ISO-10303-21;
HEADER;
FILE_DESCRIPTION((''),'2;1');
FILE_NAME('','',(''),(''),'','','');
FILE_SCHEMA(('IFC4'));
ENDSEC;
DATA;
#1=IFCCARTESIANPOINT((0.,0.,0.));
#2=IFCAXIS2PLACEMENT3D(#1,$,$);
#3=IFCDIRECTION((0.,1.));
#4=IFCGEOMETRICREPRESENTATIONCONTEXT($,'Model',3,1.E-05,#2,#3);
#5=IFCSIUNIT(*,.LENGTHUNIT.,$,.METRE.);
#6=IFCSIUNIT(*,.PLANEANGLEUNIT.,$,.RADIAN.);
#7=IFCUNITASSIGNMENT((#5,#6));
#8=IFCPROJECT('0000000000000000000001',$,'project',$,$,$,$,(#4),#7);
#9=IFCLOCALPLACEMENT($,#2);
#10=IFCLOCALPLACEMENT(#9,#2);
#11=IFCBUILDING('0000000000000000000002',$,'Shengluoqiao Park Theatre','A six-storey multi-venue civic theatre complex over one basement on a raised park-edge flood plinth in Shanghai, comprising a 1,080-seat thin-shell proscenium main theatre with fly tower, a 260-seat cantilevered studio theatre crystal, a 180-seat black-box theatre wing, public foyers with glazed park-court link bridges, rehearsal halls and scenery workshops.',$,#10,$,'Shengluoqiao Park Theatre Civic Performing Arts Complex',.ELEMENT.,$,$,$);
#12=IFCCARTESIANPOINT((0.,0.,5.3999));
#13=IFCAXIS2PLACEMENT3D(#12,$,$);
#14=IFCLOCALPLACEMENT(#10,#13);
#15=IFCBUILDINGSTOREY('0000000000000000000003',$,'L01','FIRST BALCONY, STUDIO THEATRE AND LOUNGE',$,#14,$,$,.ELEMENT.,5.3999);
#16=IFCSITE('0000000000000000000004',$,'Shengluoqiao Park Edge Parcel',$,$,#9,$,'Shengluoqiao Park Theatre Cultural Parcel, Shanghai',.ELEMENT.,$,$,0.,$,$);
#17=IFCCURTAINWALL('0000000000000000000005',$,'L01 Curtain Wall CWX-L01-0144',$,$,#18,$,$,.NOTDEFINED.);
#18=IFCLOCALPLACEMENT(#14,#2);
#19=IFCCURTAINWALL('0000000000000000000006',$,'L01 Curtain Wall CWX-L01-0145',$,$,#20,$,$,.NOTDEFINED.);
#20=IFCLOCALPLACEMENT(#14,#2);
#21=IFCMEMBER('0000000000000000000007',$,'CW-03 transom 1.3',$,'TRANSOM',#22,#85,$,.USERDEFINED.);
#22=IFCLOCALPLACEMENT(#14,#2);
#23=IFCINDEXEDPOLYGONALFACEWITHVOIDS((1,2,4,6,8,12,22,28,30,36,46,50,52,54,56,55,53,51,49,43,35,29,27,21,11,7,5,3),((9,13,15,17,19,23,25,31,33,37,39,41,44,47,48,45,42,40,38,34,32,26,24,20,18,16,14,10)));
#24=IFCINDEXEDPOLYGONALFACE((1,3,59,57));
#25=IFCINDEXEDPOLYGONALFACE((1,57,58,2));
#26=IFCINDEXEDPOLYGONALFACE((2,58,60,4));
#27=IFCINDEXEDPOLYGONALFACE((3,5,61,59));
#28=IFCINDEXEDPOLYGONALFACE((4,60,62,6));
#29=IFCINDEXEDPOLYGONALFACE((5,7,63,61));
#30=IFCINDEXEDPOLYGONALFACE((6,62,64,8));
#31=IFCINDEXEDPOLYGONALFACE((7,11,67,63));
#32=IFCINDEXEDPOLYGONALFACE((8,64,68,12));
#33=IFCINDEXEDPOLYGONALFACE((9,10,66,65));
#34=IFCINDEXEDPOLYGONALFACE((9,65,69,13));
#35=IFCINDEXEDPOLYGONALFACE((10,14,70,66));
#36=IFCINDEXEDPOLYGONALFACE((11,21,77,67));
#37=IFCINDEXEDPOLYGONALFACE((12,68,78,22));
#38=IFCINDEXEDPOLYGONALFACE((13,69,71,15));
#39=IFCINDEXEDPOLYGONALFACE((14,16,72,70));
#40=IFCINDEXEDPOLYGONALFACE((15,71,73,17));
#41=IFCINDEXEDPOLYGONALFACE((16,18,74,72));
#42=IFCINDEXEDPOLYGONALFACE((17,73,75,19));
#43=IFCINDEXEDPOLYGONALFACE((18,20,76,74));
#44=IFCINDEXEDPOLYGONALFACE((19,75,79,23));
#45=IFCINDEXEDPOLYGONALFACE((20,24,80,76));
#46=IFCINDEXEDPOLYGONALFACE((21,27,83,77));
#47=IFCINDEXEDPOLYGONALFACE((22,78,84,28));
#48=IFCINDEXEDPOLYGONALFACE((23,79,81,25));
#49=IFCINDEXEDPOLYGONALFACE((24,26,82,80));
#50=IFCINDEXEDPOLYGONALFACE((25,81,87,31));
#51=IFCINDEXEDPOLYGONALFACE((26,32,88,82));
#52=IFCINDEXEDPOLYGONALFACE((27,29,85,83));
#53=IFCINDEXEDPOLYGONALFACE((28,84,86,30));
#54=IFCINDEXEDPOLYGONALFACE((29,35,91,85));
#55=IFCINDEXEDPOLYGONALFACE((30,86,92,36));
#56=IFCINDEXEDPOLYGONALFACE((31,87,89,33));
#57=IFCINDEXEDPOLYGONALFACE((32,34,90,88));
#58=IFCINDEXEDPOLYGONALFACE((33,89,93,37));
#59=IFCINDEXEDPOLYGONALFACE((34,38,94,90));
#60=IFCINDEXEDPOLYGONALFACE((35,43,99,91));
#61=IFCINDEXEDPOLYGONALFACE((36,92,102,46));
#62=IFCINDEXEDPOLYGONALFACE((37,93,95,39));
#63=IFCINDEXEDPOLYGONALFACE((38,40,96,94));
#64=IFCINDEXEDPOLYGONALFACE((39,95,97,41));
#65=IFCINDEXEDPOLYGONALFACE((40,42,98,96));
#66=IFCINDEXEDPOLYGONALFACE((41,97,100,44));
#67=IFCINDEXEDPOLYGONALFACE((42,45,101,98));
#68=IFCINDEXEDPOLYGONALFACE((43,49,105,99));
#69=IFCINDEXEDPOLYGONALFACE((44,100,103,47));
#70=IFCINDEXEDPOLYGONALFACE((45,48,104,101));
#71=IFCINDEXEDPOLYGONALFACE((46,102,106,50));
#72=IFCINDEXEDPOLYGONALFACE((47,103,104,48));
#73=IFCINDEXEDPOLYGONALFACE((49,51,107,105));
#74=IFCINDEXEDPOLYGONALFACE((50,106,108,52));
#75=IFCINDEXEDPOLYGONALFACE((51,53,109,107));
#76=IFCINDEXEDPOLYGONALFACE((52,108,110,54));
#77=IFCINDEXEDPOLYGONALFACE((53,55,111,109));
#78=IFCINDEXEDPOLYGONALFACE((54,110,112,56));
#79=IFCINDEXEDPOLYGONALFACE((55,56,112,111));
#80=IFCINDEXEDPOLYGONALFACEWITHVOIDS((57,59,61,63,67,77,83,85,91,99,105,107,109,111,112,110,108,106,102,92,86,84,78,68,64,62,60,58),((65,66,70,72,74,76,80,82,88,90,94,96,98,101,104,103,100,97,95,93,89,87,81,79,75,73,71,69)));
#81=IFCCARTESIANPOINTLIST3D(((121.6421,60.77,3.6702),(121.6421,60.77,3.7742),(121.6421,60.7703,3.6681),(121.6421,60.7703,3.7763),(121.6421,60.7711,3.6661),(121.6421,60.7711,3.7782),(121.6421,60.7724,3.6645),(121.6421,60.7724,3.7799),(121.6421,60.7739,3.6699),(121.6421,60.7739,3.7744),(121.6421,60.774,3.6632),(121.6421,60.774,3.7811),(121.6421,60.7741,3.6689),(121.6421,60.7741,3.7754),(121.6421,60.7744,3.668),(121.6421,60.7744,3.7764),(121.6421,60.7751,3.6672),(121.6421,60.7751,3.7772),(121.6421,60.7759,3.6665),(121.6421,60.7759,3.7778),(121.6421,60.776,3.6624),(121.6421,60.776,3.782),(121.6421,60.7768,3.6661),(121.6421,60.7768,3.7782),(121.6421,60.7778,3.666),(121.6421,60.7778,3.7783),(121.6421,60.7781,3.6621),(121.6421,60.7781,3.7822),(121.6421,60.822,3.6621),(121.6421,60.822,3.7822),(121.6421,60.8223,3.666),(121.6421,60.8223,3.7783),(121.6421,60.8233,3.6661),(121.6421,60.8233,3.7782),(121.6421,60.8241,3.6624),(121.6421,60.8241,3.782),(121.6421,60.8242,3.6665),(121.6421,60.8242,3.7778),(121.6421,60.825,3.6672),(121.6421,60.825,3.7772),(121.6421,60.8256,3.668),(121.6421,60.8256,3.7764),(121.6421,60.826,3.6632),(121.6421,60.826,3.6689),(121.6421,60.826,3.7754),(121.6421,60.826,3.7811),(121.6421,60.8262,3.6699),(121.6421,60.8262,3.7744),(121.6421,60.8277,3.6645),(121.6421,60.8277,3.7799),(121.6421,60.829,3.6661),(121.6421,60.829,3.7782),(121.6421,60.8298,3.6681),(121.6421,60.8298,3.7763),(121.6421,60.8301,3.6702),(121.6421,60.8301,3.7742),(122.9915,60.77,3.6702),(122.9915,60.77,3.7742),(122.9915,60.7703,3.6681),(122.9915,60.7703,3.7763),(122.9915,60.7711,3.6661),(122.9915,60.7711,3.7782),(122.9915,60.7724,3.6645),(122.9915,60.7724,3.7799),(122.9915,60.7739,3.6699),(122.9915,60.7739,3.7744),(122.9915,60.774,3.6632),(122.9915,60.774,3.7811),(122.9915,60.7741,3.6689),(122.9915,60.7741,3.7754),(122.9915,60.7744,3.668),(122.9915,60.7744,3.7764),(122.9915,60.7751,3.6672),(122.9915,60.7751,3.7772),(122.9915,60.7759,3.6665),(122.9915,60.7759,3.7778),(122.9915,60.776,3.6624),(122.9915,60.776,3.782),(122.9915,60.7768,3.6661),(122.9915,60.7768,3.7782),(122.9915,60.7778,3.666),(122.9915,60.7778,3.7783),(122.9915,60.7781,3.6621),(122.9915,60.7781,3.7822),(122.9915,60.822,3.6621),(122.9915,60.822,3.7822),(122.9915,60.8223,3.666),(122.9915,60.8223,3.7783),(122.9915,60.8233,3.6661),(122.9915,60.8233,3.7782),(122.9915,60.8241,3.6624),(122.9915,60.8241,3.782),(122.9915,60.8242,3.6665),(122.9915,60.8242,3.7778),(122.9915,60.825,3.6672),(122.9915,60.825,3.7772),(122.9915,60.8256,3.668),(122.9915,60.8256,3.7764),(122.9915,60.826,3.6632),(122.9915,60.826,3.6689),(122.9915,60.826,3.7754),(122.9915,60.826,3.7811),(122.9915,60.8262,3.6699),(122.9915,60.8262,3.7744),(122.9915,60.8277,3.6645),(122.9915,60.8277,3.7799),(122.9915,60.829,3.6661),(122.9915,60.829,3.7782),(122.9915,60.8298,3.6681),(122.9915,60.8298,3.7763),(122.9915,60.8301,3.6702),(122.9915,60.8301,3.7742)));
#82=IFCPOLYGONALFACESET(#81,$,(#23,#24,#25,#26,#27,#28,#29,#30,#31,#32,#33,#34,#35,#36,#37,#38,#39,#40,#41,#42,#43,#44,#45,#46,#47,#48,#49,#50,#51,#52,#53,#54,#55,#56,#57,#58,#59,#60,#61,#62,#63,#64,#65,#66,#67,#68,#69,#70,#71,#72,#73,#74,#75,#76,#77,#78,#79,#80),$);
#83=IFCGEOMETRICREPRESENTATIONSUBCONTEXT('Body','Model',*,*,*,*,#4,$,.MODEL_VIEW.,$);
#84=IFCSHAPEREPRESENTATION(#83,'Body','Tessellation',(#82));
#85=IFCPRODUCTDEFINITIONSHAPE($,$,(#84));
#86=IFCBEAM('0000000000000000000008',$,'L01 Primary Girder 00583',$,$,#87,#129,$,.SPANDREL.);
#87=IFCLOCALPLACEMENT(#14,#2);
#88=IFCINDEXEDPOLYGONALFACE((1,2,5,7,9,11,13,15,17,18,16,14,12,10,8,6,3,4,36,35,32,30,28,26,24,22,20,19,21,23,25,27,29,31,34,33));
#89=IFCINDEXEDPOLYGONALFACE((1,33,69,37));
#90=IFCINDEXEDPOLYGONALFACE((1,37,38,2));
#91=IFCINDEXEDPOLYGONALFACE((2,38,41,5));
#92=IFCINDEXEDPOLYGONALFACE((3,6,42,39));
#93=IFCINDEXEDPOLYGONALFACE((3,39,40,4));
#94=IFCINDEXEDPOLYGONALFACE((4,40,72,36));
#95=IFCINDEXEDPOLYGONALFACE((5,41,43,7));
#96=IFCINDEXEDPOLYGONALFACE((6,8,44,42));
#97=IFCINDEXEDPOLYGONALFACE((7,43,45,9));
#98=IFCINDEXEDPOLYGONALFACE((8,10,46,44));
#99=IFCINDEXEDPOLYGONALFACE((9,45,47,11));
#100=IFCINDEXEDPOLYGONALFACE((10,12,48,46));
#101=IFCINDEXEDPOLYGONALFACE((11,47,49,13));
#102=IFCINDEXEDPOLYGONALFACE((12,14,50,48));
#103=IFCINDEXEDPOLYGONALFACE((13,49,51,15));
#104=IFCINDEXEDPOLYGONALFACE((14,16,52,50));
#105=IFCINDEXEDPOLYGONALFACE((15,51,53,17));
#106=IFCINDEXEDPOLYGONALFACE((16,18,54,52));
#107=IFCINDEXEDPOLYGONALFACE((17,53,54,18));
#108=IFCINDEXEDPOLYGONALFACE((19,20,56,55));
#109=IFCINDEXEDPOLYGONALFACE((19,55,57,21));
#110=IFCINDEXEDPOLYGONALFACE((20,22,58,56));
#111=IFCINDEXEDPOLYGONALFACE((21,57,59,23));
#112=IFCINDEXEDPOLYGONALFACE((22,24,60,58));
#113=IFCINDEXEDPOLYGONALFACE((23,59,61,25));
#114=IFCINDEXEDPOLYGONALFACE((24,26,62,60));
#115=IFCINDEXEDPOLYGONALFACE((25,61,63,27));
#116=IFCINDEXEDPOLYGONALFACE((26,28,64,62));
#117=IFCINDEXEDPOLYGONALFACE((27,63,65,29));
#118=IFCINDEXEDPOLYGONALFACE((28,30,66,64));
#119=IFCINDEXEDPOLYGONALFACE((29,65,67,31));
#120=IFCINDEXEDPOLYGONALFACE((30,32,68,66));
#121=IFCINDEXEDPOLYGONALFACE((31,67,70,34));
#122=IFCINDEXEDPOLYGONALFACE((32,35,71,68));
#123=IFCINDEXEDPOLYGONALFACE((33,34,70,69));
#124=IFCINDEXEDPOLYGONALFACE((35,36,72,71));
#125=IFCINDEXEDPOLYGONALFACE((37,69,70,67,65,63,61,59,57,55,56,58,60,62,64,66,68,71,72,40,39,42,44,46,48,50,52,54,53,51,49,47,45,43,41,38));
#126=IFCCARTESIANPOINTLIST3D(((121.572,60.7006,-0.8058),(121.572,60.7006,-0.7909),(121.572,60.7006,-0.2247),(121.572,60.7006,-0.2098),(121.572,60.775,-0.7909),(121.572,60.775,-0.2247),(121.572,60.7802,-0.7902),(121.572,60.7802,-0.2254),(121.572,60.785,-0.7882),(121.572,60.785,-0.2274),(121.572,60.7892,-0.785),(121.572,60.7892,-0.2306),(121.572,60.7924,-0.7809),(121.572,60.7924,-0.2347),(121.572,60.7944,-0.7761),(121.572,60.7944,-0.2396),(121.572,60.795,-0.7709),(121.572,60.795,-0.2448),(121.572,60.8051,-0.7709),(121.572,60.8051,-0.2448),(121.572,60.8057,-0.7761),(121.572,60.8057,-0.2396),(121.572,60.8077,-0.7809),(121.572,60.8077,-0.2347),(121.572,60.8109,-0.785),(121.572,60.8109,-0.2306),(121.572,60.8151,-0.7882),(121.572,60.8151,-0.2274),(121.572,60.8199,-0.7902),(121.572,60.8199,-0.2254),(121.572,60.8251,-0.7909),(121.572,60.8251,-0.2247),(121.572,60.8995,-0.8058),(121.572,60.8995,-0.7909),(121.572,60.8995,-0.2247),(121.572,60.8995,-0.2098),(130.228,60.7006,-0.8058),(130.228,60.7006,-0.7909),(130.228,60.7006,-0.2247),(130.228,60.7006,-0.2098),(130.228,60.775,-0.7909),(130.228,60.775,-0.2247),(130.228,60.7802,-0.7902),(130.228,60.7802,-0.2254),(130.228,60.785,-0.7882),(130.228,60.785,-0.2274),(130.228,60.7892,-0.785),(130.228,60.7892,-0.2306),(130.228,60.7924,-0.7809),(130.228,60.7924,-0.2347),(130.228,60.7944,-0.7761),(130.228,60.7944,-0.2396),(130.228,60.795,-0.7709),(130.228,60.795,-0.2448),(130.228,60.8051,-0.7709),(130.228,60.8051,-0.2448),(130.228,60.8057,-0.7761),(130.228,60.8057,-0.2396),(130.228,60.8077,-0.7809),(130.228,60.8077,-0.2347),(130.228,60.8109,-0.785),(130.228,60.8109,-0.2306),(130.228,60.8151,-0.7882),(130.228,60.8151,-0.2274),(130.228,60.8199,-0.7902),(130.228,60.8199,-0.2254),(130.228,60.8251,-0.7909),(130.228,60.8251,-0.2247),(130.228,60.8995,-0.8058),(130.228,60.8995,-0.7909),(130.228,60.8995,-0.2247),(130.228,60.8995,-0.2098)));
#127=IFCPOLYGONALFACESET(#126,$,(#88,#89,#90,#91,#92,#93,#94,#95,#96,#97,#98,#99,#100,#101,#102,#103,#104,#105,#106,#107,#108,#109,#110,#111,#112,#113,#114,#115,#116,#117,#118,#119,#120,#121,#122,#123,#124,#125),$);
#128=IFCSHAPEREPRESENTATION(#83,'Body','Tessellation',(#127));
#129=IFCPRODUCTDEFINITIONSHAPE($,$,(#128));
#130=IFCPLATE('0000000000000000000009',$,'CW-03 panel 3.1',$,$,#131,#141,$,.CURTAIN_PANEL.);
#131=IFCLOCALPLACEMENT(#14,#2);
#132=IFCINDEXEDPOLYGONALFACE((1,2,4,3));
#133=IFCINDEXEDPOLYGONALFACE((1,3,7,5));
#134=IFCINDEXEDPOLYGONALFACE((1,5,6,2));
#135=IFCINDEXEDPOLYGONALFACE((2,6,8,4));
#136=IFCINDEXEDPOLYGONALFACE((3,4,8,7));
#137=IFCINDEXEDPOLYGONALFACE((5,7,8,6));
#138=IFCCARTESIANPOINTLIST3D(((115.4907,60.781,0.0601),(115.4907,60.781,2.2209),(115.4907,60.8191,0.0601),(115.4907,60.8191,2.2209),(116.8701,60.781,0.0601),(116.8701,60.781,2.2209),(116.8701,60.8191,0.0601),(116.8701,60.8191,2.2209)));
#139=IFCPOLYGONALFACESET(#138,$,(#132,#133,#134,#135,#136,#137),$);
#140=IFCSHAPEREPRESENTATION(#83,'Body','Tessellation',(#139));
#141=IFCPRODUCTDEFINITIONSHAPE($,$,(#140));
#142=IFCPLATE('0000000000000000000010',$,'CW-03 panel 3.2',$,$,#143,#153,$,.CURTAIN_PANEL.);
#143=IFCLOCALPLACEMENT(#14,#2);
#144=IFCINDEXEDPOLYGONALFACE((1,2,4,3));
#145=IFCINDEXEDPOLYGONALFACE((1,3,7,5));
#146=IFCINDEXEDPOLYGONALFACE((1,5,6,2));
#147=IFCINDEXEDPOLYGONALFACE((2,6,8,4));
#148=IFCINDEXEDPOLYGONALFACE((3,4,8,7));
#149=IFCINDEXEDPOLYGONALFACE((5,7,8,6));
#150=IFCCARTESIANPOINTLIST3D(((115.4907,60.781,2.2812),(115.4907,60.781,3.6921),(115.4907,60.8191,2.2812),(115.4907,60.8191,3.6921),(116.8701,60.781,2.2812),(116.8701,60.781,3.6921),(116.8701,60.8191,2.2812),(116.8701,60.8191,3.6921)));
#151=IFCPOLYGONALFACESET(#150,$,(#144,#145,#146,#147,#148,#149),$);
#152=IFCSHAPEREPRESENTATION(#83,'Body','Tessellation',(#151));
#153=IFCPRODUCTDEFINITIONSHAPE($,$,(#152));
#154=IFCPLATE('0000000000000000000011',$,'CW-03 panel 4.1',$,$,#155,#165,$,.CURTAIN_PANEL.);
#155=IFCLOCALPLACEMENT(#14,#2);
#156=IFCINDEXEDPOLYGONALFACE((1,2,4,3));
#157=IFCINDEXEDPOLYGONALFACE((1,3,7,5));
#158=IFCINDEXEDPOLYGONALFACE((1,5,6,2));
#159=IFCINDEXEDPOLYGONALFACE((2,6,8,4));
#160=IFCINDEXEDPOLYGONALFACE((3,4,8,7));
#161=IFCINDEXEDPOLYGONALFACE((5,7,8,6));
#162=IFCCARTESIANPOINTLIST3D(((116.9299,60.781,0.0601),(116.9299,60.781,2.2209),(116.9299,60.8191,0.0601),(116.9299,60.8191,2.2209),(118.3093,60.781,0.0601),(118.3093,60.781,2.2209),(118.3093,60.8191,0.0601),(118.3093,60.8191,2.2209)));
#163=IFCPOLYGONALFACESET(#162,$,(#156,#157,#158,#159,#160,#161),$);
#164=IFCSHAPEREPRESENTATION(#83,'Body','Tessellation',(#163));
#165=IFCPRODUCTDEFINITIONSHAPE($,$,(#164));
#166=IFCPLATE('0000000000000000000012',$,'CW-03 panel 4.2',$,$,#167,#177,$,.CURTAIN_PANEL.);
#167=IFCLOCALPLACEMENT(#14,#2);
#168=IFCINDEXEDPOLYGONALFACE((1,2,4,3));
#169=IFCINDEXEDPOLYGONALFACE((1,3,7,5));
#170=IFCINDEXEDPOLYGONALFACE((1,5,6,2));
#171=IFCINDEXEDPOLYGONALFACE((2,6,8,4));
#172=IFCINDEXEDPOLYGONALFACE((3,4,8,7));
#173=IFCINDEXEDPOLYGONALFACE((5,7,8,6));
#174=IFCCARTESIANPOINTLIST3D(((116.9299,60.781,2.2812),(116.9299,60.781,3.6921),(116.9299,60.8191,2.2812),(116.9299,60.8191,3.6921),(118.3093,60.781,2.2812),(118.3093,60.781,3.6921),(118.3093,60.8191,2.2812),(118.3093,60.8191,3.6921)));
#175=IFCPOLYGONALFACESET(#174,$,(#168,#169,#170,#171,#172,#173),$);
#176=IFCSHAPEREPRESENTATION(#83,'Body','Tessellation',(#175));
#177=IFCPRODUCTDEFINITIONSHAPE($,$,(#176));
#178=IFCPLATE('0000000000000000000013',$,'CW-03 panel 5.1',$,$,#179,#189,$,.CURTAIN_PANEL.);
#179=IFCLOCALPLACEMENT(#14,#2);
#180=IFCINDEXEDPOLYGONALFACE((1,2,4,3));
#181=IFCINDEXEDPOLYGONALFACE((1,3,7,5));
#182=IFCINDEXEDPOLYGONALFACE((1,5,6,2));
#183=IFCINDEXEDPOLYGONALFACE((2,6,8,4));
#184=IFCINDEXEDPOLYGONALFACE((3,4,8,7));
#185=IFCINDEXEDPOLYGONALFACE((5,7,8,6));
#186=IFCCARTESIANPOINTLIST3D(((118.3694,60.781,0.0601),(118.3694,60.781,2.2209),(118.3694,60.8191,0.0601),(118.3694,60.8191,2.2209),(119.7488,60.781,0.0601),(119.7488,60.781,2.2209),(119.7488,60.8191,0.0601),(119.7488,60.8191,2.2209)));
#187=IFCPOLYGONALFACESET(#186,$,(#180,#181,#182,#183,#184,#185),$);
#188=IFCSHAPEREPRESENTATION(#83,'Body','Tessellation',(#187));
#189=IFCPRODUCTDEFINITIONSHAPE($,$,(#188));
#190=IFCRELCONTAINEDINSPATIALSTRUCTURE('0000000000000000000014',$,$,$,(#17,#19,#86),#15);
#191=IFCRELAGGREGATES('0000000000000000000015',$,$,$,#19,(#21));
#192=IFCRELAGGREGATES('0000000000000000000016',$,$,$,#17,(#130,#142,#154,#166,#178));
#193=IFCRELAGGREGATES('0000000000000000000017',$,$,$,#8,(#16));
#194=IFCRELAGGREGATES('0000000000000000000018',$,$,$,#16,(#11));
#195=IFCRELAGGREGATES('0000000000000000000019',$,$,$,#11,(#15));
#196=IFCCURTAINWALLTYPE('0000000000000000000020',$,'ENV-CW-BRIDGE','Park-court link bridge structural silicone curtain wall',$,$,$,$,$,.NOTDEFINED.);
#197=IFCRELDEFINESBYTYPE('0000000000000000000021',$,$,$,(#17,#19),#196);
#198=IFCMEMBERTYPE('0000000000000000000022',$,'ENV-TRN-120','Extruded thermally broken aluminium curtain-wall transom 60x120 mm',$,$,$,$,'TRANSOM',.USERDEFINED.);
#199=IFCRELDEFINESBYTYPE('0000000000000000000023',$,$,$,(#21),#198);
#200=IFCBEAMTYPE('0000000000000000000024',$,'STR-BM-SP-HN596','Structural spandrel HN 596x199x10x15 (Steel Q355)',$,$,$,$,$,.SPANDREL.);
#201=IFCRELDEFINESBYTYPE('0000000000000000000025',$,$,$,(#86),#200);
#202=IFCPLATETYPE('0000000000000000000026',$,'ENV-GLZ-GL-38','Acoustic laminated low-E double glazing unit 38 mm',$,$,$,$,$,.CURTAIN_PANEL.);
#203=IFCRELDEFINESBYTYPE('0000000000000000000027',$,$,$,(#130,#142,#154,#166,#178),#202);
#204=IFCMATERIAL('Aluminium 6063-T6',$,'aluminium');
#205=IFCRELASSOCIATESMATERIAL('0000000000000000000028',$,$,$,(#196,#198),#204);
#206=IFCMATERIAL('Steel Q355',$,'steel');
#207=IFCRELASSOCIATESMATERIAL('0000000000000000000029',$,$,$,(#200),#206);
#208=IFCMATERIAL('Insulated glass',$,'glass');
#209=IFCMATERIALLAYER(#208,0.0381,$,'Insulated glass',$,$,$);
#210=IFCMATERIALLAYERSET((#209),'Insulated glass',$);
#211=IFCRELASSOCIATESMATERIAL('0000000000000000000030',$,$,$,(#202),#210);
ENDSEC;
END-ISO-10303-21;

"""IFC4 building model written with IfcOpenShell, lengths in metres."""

from ifc_helpers import new_model, si_unit, direction, frame, origin, origin_2d, place, context, subcontext, project, spatial, rectangle, hollow_rectangle, i_section, extrude, material, layer, layer_set, material_profile, profile_set, type_object, element, aggregate, save


model = new_model("IFC4")

# Units and contexts
model_context = context("Model", 3, precision=1e-05, world=origin(), true_north=direction((0.0, 1.0)))
body_context = subcontext(model_context, "Body", "Model", "MODEL_VIEW")
ifc_project = project(units=[si_unit("LENGTHUNIT", "METRE"), si_unit("PLANEANGLEUNIT", "RADIAN")], contexts=[model_context])

# Site, building, storey
site_placement = place(None, origin())
site = spatial("IfcSite", under=ifc_project, at=site_placement, Name="Shengluoqiao Park Edge Parcel", LongName="Shengluoqiao Park Theatre Cultural Parcel, Shanghai", CompositionType="ELEMENT", RefElevation=0.0)
building_placement = place(site_placement, origin())
building = spatial("IfcBuilding", under=site, at=building_placement, Name="Shengluoqiao Park Theatre", Description="A six-storey multi-venue civic theatre complex over one basement on a raised park-edge flood plinth in Shanghai, comprising a 1,080-seat thin-shell proscenium main theatre with fly tower, a 260-seat cantilevered studio theatre crystal, a 180-seat black-box theatre wing, public foyers with glazed park-court link bridges, rehearsal halls and scenery workshops.", LongName="Shengluoqiao Park Theatre Civic Performing Arts Complex", CompositionType="ELEMENT")
storey_placement = place(building_placement, frame((0.0, 0.0, 5.3999)))
storey = spatial("IfcBuildingStorey", under=building, at=storey_placement, Name="L01", Description="FIRST BALCONY, STUDIO THEATRE AND LOUNGE", CompositionType="ELEMENT", Elevation=5.3999)

# Shared definitions
ifc_material_1 = material(Name="Steel Q355", Category="steel")

# Curtain wall
ifc_material_2 = material(Name="Aluminium 6063-T6", Category="aluminium")
curtain_wall_type = type_object("IfcCurtainWallType", Name="ENV-CW-BRIDGE", Description="Park-court link bridge structural silicone curtain wall", PredefinedType="NOTDEFINED", material=ifc_material_2)
curtain_wall_1_placement = place(storey_placement, origin())
curtain_wall_1 = element("IfcCurtainWall", 1, at=curtain_wall_1_placement, inside=storey, type_object=curtain_wall_type, Name="L01 Curtain Wall CWX-L01-0144", PredefinedType="NOTDEFINED")

# Curtain wall
curtain_wall_2_placement = place(storey_placement, origin())
curtain_wall_2 = element("IfcCurtainWall", 2, at=curtain_wall_2_placement, inside=storey, type_object=curtain_wall_type, Name="L01 Curtain Wall CWX-L01-0145", PredefinedType="NOTDEFINED")

# Member
ifc_material_profile_1 = material_profile(ifc_material_2, hollow_rectangle(XDim=0.0601, YDim=0.1201, WallThickness=0.0039, InnerFilletRadius=0.0039, OuterFilletRadius=0.0081, at=origin_2d()), Name="ALU TRANSOM 120x60x4")
ifc_profile_set_1 = profile_set([ifc_material_profile_1], Name="Aluminium 6063-T6")
member_type_1 = type_object("IfcMemberType", Name="ENV-TRN-120", Description="Extruded thermally broken aluminium curtain-wall transom 60x120 mm", ElementType="TRANSOM", PredefinedType="USERDEFINED", material=ifc_profile_set_1)
member_1_placement = place(storey_placement, frame((121.6421, 60.8, 3.7222), z_axis=(1.0, 0.0, 0.0), x_axis=(0.0, 1.0, 0.0)))
member_1 = element("IfcMember", 3, at=member_1_placement, type_object=member_type_1, Name="CW-03 transom 1.3", ObjectType="TRANSOM", PredefinedType="USERDEFINED", context=body_context, shape_type="SweptSolid", body=[
    extrude(hollow_rectangle(XDim=0.0601, YDim=0.1201, WallThickness=0.0039, InnerFilletRadius=0.0039, OuterFilletRadius=0.0081, at=origin_2d()), origin(), (0.0, 0.0, 1.0), 1.3494),
])
aggregate(curtain_wall_2, [member_1])

# Beam
ifc_material_profile_2 = material_profile(ifc_material_1, i_section(OverallWidth=0.199, OverallDepth=0.5959, WebThickness=0.01, FlangeThickness=0.0149, FilletRadius=0.02, at=origin_2d()), Name="HN 596x199x10x15")
ifc_profile_set_2 = profile_set([ifc_material_profile_2], Name="Steel Q355")
beam_type = type_object("IfcBeamType", Name="STR-BM-SP-HN596", Description="Structural spandrel HN 596x199x10x15 (Steel Q355)", PredefinedType="SPANDREL", material=ifc_profile_set_2)
beam_placement = place(storey_placement, frame((121.572, 60.8, -0.5078), z_axis=(1.0, 0.0, 0.0), x_axis=(0.0, 1.0, 0.0)))
element("IfcBeam", 4, at=beam_placement, inside=storey, type_object=beam_type, Name="L01 Primary Girder 00583", PredefinedType="SPANDREL", context=body_context, shape_type="SweptSolid", body=[
    extrude(i_section(OverallWidth=0.199, OverallDepth=0.5959, WebThickness=0.01, FlangeThickness=0.0149, FilletRadius=0.02, at=origin_2d()), origin(), (0.0, 0.0, 1.0), 8.656),
])

# Plates
ifc_material_3 = material(Name="Insulated glass", Category="glass")
ifc_layer_1 = layer(ifc_material_3, 0.0381, Name="Insulated glass")
ifc_layer_set_1 = layer_set([ifc_layer_1], Name="Insulated glass")
plate_type_1 = type_object("IfcPlateType", Name="ENV-GLZ-GL-38", Description="Acoustic laminated low-E double glazing unit 38 mm", PredefinedType="CURTAIN_PANEL", material=ifc_layer_set_1)
plate_1_placement = place(storey_placement, frame((116.1804, 60.8, 0.0601), z_axis=(0.0, 0.0, 1.0), x_axis=(1.0, 0.0, 0.0)))
plate_1 = element("IfcPlate", 5, at=plate_1_placement, type_object=plate_type_1, Name="CW-03 panel 3.1", PredefinedType="CURTAIN_PANEL", context=body_context, shape_type="SweptSolid", body=[
    extrude(rectangle(XDim=1.3794, YDim=0.0381, at=origin_2d()), origin(), (0.0, 0.0, 1.0), 2.1609),
])
plate_2_placement = place(storey_placement, frame((116.1804, 60.8, 2.2812), z_axis=(0.0, 0.0, 1.0), x_axis=(1.0, 0.0, 0.0)))
plate_2 = element("IfcPlate", 6, at=plate_2_placement, type_object=plate_type_1, Name="CW-03 panel 3.2", PredefinedType="CURTAIN_PANEL", context=body_context, shape_type="SweptSolid", body=[
    extrude(rectangle(XDim=1.3794, YDim=0.0381, at=origin_2d()), origin(), (0.0, 0.0, 1.0), 1.4109),
])
plate_3_placement = place(storey_placement, frame((117.6196, 60.8, 0.0601), z_axis=(0.0, 0.0, 1.0), x_axis=(1.0, 0.0, 0.0)))
plate_3 = element("IfcPlate", 7, at=plate_3_placement, type_object=plate_type_1, Name="CW-03 panel 4.1", PredefinedType="CURTAIN_PANEL", context=body_context, shape_type="SweptSolid", body=[
    extrude(rectangle(XDim=1.3794, YDim=0.0381, at=origin_2d()), origin(), (0.0, 0.0, 1.0), 2.1609),
])
plate_4_placement = place(storey_placement, frame((117.6196, 60.8, 2.2812), z_axis=(0.0, 0.0, 1.0), x_axis=(1.0, 0.0, 0.0)))
plate_4 = element("IfcPlate", 8, at=plate_4_placement, type_object=plate_type_1, Name="CW-03 panel 4.2", PredefinedType="CURTAIN_PANEL", context=body_context, shape_type="SweptSolid", body=[
    extrude(rectangle(XDim=1.3794, YDim=0.0381, at=origin_2d()), origin(), (0.0, 0.0, 1.0), 1.4109),
])
plate_5_placement = place(storey_placement, frame((119.0591, 60.8, 0.0601), z_axis=(0.0, 0.0, 1.0), x_axis=(1.0, 0.0, 0.0)))
plate_5 = element("IfcPlate", 9, at=plate_5_placement, type_object=plate_type_1, Name="CW-03 panel 5.1", PredefinedType="CURTAIN_PANEL", context=body_context, shape_type="SweptSolid", body=[
    extrude(rectangle(XDim=1.3794, YDim=0.0381, at=origin_2d()), origin(), (0.0, 0.0, 1.0), 2.1609),
])
aggregate(curtain_wall_1, [plate_1, plate_2, plate_3, plate_4, plate_5])

save(model, "model.ifc")
